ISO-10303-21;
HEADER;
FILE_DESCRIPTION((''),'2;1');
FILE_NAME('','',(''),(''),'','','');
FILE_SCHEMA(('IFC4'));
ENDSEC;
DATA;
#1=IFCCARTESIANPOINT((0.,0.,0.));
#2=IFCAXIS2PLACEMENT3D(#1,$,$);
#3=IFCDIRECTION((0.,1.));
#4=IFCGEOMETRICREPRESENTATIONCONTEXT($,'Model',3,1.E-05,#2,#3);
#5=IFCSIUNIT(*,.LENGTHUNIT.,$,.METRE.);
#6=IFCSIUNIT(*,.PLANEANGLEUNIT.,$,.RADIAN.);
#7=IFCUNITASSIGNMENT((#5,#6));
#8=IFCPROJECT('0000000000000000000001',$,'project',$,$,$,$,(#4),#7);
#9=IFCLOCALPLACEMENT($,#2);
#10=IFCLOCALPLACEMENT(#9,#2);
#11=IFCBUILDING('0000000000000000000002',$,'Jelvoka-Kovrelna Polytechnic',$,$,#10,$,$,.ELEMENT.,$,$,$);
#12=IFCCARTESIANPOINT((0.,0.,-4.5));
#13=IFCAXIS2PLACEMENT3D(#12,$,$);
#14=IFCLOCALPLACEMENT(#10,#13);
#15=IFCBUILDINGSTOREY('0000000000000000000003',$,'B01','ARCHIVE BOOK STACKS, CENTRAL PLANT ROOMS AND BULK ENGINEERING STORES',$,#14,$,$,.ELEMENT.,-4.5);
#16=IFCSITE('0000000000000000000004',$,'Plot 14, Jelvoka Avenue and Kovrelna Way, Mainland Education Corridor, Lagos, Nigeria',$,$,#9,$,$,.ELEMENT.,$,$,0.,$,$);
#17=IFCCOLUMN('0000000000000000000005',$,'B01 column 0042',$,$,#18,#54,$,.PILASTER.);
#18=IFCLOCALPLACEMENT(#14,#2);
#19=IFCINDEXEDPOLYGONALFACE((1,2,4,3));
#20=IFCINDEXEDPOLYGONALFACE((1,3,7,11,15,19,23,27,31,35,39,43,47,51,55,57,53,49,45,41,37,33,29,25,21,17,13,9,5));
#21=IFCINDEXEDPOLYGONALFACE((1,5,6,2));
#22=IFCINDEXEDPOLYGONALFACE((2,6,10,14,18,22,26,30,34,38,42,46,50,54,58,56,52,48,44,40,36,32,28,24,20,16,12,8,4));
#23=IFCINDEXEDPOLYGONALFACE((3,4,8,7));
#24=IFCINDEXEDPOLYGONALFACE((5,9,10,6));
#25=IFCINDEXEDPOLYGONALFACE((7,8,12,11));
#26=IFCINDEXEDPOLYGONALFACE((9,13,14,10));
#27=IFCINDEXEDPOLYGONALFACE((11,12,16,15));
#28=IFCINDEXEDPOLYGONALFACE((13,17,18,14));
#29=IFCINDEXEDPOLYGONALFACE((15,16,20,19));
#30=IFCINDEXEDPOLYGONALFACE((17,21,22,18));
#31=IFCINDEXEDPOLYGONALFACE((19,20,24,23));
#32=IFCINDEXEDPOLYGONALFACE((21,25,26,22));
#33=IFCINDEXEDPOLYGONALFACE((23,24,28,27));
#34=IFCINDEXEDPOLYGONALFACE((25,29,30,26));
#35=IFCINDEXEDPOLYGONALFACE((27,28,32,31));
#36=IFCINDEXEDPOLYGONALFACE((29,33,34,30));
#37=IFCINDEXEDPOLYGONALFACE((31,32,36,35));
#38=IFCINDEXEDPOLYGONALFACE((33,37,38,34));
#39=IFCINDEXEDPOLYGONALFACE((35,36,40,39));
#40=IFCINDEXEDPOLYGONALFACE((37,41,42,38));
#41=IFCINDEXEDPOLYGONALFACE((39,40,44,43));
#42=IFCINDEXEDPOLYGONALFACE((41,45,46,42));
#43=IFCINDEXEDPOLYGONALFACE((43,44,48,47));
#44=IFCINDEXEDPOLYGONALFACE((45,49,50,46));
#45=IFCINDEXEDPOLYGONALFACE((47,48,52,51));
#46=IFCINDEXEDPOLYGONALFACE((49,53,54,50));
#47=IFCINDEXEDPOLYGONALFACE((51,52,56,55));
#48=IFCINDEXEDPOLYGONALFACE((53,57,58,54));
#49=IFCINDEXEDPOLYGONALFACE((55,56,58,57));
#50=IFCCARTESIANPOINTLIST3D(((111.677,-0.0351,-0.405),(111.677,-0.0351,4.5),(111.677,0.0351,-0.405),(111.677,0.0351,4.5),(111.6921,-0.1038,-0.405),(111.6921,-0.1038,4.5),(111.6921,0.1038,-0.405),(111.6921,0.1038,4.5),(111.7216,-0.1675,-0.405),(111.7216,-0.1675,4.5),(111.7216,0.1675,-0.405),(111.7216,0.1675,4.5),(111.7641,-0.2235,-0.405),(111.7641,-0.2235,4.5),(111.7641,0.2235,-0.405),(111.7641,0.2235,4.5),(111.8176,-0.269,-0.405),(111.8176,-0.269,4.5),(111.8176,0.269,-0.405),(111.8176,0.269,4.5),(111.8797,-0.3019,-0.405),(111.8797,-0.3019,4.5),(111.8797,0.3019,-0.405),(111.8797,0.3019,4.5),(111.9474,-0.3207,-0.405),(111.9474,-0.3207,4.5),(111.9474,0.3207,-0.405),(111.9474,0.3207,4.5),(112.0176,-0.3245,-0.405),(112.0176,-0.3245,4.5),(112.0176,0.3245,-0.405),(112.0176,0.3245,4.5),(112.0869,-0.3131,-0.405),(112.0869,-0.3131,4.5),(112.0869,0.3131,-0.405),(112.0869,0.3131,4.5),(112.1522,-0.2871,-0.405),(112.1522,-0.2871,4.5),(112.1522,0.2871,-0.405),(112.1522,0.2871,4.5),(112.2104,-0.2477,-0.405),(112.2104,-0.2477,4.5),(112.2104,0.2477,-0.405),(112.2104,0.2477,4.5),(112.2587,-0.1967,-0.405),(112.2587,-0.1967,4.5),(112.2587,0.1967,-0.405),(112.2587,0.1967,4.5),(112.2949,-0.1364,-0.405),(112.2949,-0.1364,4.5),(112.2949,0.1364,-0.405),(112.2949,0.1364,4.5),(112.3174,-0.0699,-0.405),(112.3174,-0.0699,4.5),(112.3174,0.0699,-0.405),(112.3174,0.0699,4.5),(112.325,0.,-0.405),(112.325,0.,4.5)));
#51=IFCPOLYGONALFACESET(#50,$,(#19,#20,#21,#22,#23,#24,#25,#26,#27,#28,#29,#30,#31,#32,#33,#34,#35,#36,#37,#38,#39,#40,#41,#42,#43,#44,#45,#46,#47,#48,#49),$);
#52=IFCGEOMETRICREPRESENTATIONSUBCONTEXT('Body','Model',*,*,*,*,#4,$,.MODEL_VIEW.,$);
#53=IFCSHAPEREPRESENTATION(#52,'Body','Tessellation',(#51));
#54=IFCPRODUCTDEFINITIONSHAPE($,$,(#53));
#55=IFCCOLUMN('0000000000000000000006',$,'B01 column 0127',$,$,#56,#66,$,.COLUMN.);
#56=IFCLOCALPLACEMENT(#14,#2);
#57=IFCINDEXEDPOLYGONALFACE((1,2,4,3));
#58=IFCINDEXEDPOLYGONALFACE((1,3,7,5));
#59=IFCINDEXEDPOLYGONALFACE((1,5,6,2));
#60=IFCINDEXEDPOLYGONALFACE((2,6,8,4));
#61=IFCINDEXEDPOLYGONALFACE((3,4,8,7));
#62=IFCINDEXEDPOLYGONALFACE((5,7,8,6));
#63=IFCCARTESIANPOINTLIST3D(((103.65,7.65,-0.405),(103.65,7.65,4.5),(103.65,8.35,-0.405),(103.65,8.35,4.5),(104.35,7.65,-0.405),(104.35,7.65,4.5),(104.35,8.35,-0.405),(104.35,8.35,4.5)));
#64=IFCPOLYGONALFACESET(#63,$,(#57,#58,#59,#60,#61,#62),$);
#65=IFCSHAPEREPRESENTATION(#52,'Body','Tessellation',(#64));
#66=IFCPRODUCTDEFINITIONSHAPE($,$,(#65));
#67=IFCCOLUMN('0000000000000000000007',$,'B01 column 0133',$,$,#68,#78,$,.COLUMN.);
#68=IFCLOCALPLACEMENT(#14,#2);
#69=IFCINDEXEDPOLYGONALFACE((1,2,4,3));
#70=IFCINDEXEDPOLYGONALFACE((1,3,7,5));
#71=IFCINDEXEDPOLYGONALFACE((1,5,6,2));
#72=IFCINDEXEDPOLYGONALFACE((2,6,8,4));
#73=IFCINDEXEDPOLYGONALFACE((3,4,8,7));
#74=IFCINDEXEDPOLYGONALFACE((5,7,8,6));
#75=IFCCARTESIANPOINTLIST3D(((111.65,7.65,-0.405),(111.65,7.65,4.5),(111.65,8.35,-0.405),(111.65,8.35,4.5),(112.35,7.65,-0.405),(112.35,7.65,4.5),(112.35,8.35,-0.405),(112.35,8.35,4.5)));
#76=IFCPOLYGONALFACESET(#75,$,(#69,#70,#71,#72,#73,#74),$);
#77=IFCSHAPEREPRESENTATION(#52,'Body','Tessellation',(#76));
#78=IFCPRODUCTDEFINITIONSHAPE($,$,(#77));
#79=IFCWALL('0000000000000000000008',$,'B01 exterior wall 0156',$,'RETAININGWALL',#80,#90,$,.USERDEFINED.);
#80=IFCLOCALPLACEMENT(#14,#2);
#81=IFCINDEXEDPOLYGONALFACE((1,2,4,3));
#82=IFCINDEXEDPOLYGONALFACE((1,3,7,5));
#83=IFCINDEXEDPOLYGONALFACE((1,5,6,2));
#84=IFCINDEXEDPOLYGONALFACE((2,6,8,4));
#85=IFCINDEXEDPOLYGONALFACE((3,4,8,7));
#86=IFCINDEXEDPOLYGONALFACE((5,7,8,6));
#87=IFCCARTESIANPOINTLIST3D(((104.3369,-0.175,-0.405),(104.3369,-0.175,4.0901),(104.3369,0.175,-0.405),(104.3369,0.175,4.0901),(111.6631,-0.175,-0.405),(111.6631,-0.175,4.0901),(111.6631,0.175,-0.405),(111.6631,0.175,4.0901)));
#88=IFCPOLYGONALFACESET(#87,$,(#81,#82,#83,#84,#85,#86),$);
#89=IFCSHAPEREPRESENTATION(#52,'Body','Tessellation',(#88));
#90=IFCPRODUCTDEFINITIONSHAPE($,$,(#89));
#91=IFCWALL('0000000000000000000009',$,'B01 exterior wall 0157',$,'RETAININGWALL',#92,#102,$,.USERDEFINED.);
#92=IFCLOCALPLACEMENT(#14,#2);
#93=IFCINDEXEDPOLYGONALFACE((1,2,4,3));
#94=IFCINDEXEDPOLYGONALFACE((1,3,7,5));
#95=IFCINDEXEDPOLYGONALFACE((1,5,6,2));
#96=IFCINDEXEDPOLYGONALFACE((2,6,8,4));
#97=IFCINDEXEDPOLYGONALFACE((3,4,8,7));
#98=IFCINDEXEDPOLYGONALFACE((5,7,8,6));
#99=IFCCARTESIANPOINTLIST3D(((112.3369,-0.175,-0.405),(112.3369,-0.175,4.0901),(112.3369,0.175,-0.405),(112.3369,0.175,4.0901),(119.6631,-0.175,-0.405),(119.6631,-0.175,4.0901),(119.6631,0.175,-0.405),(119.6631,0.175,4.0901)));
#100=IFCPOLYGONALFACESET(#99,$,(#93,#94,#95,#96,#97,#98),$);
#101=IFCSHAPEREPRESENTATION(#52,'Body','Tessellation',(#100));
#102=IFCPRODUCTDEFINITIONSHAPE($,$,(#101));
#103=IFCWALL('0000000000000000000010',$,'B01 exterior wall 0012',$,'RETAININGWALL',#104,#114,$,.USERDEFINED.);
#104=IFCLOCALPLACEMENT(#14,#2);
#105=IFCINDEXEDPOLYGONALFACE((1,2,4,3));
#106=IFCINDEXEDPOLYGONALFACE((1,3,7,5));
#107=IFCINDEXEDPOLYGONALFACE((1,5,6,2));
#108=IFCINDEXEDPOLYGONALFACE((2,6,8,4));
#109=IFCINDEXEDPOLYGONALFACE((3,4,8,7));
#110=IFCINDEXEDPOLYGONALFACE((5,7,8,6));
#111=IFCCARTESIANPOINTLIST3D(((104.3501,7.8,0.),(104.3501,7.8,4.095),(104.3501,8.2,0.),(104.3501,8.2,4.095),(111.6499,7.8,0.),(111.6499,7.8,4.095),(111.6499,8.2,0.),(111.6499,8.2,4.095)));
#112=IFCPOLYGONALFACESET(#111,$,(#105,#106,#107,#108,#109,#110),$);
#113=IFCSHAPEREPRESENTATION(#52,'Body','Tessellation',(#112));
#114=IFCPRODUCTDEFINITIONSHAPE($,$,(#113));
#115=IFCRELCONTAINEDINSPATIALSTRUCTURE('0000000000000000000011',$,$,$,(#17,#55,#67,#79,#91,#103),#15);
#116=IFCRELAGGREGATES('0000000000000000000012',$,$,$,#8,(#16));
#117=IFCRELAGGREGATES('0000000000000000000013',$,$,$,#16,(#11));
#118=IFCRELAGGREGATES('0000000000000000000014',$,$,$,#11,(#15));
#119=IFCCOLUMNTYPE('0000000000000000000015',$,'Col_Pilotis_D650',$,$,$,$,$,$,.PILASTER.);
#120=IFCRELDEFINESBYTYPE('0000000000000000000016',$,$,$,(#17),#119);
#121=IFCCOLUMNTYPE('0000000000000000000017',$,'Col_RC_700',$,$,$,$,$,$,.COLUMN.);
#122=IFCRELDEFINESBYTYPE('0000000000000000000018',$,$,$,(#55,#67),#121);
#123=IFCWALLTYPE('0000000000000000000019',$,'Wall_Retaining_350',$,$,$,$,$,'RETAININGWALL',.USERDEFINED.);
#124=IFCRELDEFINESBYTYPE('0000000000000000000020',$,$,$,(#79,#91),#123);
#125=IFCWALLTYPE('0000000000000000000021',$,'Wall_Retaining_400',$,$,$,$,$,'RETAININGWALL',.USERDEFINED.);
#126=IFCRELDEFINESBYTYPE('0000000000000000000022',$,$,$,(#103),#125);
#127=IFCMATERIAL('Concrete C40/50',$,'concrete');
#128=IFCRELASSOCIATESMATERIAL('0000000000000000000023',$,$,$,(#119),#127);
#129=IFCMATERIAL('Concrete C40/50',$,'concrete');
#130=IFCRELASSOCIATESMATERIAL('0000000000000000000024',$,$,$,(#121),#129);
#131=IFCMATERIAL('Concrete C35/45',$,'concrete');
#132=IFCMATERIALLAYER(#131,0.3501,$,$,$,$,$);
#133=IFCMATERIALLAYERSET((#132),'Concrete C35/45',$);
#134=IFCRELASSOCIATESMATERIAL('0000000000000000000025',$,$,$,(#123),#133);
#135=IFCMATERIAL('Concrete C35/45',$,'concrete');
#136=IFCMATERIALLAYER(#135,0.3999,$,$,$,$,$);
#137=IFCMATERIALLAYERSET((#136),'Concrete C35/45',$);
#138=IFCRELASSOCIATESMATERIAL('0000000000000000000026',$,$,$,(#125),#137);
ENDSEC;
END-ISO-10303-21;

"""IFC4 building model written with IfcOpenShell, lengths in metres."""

from ifc_helpers import new_model, si_unit, direction, frame, frame_2d, origin, origin_2d, place, context, subcontext, project, spatial, rectangle, circle, extrude, material, layer, layer_set, material_profile, profile_set, type_object, element, save


model = new_model("IFC4")

# Units and contexts
model_context = context("Model", 3, precision=1e-05, world=origin(), true_north=direction((0.0, 1.0)))
body_context = subcontext(model_context, "Body", "Model", "MODEL_VIEW")
ifc_project = project(units=[si_unit("LENGTHUNIT", "METRE"), si_unit("PLANEANGLEUNIT", "RADIAN")], contexts=[model_context])

# Site, building, storey
site_placement = place(None, origin())
site = spatial("IfcSite", under=ifc_project, at=site_placement, Name="Plot 14, Jelvoka Avenue and Kovrelna Way, Mainland Education Corridor, Lagos, Nigeria", CompositionType="ELEMENT", RefElevation=0.0)
building_placement = place(site_placement, origin())
building = spatial("IfcBuilding", under=site, at=building_placement, Name="Jelvoka-Kovrelna Polytechnic", CompositionType="ELEMENT")
storey_placement = place(building_placement, frame((0.0, 0.0, -4.5)))
storey = spatial("IfcBuildingStorey", under=building, at=storey_placement, Name="B01", Description="ARCHIVE BOOK STACKS, CENTRAL PLANT ROOMS AND BULK ENGINEERING STORES", CompositionType="ELEMENT", Elevation=-4.5)

# Columns
ifc_material_1 = material(Name="Concrete C40/50", Category="concrete")
ifc_material_profile_1 = material_profile(ifc_material_1, circle(Radius=0.325, at=origin_2d()), Name="RC D650")
ifc_profile_set_1 = profile_set([ifc_material_profile_1], Name="Concrete C40/50")
column_type_1 = type_object("IfcColumnType", Name="Col_Pilotis_D650", PredefinedType="PILASTER", material=ifc_profile_set_1)
for number, where, z_axis, x_axis, name in (
    (1, (112.0, 0.0, -0.405), (0.0, 0.0, 1.0), (1.0, 0.0, 0.0), "B01 column 0042"),
):
    element("IfcColumn", number, at=place(storey_placement, frame(where, z_axis=z_axis, x_axis=x_axis)), inside=storey, type_object=column_type_1, Name=name, PredefinedType="PILASTER", context=body_context, shape_type="SweptSolid", body=[
        extrude(circle(Radius=0.325, at=origin_2d()), origin(), (0.0, 0.0, 1.0), 4.905),
    ])
ifc_material_2 = material(Name="Concrete C40/50", Category="concrete")
ifc_material_profile_2 = material_profile(ifc_material_2, rectangle(XDim=0.7, YDim=0.7, at=origin_2d()), Name="RC 700x700")
ifc_profile_set_2 = profile_set([ifc_material_profile_2], Name="Concrete C40/50")
column_type_2 = type_object("IfcColumnType", Name="Col_RC_700", PredefinedType="COLUMN", material=ifc_profile_set_2)
for number, where, z_axis, x_axis, name in (
    (2, (104.0, 8.0, -0.405), (0.0, 0.0, 1.0), (1.0, 0.0, 0.0), "B01 column 0127"),
    (3, (112.0, 8.0, -0.405), (0.0, 0.0, 1.0), (1.0, 0.0, 0.0), "B01 column 0133"),
):
    element("IfcColumn", number, at=place(storey_placement, frame(where, z_axis=z_axis, x_axis=x_axis)), inside=storey, type_object=column_type_2, Name=name, PredefinedType="COLUMN", context=body_context, shape_type="SweptSolid", body=[
        extrude(rectangle(XDim=0.7, YDim=0.7, at=origin_2d()), origin(), (0.0, 0.0, 1.0), 4.905),
    ])

# Walls
ifc_material_3 = material(Name="Concrete C35/45", Category="concrete")
ifc_layer_1 = layer(ifc_material_3, 0.3501)
ifc_layer_set_1 = layer_set([ifc_layer_1], Name="Concrete C35/45")
wall_type_1 = type_object("IfcWallType", Name="Wall_Retaining_350", ElementType="RETAININGWALL", PredefinedType="USERDEFINED", material=ifc_layer_set_1)
for number, where, z_axis, x_axis, name in (
    (4, (104.3369, 0.0, -0.405), (0.0, 0.0, 1.0), (1.0, 0.0, 0.0), "B01 exterior wall 0156"),
    (5, (112.3369, 0.0, -0.405), (0.0, 0.0, 1.0), (1.0, 0.0, 0.0), "B01 exterior wall 0157"),
):
    element("IfcWall", number, at=place(storey_placement, frame(where, z_axis=z_axis, x_axis=x_axis)), inside=storey, type_object=wall_type_1, Name=name, ObjectType="RETAININGWALL", PredefinedType="USERDEFINED", context=body_context, shape_type="SweptSolid", body=[
        extrude(rectangle(XDim=7.3262, YDim=0.3501, at=frame_2d((3.6631, 0.0))), origin(), (0.0, 0.0, 1.0), 4.4951),
    ])
ifc_material_4 = material(Name="Concrete C35/45", Category="concrete")
ifc_layer_2 = layer(ifc_material_4, 0.3999)
ifc_layer_set_2 = layer_set([ifc_layer_2], Name="Concrete C35/45")
wall_type_2 = type_object("IfcWallType", Name="Wall_Retaining_400", ElementType="RETAININGWALL", PredefinedType="USERDEFINED", material=ifc_layer_set_2)
wall_placement = place(storey_placement, frame((111.6499, 8.0, 0.0), z_axis=(0.0, 0.0, 1.0), x_axis=(-1.0, 0.0, 0.0)))
element("IfcWall", 6, at=wall_placement, inside=storey, type_object=wall_type_2, Name="B01 exterior wall 0012", ObjectType="RETAININGWALL", PredefinedType="USERDEFINED", context=body_context, shape_type="SweptSolid", body=[
    extrude(rectangle(XDim=7.2998, YDim=0.3999, at=frame_2d((3.6499, 0.0))), origin(), (0.0, 0.0, 1.0), 4.095),
])

save(model, "model.ifc")
